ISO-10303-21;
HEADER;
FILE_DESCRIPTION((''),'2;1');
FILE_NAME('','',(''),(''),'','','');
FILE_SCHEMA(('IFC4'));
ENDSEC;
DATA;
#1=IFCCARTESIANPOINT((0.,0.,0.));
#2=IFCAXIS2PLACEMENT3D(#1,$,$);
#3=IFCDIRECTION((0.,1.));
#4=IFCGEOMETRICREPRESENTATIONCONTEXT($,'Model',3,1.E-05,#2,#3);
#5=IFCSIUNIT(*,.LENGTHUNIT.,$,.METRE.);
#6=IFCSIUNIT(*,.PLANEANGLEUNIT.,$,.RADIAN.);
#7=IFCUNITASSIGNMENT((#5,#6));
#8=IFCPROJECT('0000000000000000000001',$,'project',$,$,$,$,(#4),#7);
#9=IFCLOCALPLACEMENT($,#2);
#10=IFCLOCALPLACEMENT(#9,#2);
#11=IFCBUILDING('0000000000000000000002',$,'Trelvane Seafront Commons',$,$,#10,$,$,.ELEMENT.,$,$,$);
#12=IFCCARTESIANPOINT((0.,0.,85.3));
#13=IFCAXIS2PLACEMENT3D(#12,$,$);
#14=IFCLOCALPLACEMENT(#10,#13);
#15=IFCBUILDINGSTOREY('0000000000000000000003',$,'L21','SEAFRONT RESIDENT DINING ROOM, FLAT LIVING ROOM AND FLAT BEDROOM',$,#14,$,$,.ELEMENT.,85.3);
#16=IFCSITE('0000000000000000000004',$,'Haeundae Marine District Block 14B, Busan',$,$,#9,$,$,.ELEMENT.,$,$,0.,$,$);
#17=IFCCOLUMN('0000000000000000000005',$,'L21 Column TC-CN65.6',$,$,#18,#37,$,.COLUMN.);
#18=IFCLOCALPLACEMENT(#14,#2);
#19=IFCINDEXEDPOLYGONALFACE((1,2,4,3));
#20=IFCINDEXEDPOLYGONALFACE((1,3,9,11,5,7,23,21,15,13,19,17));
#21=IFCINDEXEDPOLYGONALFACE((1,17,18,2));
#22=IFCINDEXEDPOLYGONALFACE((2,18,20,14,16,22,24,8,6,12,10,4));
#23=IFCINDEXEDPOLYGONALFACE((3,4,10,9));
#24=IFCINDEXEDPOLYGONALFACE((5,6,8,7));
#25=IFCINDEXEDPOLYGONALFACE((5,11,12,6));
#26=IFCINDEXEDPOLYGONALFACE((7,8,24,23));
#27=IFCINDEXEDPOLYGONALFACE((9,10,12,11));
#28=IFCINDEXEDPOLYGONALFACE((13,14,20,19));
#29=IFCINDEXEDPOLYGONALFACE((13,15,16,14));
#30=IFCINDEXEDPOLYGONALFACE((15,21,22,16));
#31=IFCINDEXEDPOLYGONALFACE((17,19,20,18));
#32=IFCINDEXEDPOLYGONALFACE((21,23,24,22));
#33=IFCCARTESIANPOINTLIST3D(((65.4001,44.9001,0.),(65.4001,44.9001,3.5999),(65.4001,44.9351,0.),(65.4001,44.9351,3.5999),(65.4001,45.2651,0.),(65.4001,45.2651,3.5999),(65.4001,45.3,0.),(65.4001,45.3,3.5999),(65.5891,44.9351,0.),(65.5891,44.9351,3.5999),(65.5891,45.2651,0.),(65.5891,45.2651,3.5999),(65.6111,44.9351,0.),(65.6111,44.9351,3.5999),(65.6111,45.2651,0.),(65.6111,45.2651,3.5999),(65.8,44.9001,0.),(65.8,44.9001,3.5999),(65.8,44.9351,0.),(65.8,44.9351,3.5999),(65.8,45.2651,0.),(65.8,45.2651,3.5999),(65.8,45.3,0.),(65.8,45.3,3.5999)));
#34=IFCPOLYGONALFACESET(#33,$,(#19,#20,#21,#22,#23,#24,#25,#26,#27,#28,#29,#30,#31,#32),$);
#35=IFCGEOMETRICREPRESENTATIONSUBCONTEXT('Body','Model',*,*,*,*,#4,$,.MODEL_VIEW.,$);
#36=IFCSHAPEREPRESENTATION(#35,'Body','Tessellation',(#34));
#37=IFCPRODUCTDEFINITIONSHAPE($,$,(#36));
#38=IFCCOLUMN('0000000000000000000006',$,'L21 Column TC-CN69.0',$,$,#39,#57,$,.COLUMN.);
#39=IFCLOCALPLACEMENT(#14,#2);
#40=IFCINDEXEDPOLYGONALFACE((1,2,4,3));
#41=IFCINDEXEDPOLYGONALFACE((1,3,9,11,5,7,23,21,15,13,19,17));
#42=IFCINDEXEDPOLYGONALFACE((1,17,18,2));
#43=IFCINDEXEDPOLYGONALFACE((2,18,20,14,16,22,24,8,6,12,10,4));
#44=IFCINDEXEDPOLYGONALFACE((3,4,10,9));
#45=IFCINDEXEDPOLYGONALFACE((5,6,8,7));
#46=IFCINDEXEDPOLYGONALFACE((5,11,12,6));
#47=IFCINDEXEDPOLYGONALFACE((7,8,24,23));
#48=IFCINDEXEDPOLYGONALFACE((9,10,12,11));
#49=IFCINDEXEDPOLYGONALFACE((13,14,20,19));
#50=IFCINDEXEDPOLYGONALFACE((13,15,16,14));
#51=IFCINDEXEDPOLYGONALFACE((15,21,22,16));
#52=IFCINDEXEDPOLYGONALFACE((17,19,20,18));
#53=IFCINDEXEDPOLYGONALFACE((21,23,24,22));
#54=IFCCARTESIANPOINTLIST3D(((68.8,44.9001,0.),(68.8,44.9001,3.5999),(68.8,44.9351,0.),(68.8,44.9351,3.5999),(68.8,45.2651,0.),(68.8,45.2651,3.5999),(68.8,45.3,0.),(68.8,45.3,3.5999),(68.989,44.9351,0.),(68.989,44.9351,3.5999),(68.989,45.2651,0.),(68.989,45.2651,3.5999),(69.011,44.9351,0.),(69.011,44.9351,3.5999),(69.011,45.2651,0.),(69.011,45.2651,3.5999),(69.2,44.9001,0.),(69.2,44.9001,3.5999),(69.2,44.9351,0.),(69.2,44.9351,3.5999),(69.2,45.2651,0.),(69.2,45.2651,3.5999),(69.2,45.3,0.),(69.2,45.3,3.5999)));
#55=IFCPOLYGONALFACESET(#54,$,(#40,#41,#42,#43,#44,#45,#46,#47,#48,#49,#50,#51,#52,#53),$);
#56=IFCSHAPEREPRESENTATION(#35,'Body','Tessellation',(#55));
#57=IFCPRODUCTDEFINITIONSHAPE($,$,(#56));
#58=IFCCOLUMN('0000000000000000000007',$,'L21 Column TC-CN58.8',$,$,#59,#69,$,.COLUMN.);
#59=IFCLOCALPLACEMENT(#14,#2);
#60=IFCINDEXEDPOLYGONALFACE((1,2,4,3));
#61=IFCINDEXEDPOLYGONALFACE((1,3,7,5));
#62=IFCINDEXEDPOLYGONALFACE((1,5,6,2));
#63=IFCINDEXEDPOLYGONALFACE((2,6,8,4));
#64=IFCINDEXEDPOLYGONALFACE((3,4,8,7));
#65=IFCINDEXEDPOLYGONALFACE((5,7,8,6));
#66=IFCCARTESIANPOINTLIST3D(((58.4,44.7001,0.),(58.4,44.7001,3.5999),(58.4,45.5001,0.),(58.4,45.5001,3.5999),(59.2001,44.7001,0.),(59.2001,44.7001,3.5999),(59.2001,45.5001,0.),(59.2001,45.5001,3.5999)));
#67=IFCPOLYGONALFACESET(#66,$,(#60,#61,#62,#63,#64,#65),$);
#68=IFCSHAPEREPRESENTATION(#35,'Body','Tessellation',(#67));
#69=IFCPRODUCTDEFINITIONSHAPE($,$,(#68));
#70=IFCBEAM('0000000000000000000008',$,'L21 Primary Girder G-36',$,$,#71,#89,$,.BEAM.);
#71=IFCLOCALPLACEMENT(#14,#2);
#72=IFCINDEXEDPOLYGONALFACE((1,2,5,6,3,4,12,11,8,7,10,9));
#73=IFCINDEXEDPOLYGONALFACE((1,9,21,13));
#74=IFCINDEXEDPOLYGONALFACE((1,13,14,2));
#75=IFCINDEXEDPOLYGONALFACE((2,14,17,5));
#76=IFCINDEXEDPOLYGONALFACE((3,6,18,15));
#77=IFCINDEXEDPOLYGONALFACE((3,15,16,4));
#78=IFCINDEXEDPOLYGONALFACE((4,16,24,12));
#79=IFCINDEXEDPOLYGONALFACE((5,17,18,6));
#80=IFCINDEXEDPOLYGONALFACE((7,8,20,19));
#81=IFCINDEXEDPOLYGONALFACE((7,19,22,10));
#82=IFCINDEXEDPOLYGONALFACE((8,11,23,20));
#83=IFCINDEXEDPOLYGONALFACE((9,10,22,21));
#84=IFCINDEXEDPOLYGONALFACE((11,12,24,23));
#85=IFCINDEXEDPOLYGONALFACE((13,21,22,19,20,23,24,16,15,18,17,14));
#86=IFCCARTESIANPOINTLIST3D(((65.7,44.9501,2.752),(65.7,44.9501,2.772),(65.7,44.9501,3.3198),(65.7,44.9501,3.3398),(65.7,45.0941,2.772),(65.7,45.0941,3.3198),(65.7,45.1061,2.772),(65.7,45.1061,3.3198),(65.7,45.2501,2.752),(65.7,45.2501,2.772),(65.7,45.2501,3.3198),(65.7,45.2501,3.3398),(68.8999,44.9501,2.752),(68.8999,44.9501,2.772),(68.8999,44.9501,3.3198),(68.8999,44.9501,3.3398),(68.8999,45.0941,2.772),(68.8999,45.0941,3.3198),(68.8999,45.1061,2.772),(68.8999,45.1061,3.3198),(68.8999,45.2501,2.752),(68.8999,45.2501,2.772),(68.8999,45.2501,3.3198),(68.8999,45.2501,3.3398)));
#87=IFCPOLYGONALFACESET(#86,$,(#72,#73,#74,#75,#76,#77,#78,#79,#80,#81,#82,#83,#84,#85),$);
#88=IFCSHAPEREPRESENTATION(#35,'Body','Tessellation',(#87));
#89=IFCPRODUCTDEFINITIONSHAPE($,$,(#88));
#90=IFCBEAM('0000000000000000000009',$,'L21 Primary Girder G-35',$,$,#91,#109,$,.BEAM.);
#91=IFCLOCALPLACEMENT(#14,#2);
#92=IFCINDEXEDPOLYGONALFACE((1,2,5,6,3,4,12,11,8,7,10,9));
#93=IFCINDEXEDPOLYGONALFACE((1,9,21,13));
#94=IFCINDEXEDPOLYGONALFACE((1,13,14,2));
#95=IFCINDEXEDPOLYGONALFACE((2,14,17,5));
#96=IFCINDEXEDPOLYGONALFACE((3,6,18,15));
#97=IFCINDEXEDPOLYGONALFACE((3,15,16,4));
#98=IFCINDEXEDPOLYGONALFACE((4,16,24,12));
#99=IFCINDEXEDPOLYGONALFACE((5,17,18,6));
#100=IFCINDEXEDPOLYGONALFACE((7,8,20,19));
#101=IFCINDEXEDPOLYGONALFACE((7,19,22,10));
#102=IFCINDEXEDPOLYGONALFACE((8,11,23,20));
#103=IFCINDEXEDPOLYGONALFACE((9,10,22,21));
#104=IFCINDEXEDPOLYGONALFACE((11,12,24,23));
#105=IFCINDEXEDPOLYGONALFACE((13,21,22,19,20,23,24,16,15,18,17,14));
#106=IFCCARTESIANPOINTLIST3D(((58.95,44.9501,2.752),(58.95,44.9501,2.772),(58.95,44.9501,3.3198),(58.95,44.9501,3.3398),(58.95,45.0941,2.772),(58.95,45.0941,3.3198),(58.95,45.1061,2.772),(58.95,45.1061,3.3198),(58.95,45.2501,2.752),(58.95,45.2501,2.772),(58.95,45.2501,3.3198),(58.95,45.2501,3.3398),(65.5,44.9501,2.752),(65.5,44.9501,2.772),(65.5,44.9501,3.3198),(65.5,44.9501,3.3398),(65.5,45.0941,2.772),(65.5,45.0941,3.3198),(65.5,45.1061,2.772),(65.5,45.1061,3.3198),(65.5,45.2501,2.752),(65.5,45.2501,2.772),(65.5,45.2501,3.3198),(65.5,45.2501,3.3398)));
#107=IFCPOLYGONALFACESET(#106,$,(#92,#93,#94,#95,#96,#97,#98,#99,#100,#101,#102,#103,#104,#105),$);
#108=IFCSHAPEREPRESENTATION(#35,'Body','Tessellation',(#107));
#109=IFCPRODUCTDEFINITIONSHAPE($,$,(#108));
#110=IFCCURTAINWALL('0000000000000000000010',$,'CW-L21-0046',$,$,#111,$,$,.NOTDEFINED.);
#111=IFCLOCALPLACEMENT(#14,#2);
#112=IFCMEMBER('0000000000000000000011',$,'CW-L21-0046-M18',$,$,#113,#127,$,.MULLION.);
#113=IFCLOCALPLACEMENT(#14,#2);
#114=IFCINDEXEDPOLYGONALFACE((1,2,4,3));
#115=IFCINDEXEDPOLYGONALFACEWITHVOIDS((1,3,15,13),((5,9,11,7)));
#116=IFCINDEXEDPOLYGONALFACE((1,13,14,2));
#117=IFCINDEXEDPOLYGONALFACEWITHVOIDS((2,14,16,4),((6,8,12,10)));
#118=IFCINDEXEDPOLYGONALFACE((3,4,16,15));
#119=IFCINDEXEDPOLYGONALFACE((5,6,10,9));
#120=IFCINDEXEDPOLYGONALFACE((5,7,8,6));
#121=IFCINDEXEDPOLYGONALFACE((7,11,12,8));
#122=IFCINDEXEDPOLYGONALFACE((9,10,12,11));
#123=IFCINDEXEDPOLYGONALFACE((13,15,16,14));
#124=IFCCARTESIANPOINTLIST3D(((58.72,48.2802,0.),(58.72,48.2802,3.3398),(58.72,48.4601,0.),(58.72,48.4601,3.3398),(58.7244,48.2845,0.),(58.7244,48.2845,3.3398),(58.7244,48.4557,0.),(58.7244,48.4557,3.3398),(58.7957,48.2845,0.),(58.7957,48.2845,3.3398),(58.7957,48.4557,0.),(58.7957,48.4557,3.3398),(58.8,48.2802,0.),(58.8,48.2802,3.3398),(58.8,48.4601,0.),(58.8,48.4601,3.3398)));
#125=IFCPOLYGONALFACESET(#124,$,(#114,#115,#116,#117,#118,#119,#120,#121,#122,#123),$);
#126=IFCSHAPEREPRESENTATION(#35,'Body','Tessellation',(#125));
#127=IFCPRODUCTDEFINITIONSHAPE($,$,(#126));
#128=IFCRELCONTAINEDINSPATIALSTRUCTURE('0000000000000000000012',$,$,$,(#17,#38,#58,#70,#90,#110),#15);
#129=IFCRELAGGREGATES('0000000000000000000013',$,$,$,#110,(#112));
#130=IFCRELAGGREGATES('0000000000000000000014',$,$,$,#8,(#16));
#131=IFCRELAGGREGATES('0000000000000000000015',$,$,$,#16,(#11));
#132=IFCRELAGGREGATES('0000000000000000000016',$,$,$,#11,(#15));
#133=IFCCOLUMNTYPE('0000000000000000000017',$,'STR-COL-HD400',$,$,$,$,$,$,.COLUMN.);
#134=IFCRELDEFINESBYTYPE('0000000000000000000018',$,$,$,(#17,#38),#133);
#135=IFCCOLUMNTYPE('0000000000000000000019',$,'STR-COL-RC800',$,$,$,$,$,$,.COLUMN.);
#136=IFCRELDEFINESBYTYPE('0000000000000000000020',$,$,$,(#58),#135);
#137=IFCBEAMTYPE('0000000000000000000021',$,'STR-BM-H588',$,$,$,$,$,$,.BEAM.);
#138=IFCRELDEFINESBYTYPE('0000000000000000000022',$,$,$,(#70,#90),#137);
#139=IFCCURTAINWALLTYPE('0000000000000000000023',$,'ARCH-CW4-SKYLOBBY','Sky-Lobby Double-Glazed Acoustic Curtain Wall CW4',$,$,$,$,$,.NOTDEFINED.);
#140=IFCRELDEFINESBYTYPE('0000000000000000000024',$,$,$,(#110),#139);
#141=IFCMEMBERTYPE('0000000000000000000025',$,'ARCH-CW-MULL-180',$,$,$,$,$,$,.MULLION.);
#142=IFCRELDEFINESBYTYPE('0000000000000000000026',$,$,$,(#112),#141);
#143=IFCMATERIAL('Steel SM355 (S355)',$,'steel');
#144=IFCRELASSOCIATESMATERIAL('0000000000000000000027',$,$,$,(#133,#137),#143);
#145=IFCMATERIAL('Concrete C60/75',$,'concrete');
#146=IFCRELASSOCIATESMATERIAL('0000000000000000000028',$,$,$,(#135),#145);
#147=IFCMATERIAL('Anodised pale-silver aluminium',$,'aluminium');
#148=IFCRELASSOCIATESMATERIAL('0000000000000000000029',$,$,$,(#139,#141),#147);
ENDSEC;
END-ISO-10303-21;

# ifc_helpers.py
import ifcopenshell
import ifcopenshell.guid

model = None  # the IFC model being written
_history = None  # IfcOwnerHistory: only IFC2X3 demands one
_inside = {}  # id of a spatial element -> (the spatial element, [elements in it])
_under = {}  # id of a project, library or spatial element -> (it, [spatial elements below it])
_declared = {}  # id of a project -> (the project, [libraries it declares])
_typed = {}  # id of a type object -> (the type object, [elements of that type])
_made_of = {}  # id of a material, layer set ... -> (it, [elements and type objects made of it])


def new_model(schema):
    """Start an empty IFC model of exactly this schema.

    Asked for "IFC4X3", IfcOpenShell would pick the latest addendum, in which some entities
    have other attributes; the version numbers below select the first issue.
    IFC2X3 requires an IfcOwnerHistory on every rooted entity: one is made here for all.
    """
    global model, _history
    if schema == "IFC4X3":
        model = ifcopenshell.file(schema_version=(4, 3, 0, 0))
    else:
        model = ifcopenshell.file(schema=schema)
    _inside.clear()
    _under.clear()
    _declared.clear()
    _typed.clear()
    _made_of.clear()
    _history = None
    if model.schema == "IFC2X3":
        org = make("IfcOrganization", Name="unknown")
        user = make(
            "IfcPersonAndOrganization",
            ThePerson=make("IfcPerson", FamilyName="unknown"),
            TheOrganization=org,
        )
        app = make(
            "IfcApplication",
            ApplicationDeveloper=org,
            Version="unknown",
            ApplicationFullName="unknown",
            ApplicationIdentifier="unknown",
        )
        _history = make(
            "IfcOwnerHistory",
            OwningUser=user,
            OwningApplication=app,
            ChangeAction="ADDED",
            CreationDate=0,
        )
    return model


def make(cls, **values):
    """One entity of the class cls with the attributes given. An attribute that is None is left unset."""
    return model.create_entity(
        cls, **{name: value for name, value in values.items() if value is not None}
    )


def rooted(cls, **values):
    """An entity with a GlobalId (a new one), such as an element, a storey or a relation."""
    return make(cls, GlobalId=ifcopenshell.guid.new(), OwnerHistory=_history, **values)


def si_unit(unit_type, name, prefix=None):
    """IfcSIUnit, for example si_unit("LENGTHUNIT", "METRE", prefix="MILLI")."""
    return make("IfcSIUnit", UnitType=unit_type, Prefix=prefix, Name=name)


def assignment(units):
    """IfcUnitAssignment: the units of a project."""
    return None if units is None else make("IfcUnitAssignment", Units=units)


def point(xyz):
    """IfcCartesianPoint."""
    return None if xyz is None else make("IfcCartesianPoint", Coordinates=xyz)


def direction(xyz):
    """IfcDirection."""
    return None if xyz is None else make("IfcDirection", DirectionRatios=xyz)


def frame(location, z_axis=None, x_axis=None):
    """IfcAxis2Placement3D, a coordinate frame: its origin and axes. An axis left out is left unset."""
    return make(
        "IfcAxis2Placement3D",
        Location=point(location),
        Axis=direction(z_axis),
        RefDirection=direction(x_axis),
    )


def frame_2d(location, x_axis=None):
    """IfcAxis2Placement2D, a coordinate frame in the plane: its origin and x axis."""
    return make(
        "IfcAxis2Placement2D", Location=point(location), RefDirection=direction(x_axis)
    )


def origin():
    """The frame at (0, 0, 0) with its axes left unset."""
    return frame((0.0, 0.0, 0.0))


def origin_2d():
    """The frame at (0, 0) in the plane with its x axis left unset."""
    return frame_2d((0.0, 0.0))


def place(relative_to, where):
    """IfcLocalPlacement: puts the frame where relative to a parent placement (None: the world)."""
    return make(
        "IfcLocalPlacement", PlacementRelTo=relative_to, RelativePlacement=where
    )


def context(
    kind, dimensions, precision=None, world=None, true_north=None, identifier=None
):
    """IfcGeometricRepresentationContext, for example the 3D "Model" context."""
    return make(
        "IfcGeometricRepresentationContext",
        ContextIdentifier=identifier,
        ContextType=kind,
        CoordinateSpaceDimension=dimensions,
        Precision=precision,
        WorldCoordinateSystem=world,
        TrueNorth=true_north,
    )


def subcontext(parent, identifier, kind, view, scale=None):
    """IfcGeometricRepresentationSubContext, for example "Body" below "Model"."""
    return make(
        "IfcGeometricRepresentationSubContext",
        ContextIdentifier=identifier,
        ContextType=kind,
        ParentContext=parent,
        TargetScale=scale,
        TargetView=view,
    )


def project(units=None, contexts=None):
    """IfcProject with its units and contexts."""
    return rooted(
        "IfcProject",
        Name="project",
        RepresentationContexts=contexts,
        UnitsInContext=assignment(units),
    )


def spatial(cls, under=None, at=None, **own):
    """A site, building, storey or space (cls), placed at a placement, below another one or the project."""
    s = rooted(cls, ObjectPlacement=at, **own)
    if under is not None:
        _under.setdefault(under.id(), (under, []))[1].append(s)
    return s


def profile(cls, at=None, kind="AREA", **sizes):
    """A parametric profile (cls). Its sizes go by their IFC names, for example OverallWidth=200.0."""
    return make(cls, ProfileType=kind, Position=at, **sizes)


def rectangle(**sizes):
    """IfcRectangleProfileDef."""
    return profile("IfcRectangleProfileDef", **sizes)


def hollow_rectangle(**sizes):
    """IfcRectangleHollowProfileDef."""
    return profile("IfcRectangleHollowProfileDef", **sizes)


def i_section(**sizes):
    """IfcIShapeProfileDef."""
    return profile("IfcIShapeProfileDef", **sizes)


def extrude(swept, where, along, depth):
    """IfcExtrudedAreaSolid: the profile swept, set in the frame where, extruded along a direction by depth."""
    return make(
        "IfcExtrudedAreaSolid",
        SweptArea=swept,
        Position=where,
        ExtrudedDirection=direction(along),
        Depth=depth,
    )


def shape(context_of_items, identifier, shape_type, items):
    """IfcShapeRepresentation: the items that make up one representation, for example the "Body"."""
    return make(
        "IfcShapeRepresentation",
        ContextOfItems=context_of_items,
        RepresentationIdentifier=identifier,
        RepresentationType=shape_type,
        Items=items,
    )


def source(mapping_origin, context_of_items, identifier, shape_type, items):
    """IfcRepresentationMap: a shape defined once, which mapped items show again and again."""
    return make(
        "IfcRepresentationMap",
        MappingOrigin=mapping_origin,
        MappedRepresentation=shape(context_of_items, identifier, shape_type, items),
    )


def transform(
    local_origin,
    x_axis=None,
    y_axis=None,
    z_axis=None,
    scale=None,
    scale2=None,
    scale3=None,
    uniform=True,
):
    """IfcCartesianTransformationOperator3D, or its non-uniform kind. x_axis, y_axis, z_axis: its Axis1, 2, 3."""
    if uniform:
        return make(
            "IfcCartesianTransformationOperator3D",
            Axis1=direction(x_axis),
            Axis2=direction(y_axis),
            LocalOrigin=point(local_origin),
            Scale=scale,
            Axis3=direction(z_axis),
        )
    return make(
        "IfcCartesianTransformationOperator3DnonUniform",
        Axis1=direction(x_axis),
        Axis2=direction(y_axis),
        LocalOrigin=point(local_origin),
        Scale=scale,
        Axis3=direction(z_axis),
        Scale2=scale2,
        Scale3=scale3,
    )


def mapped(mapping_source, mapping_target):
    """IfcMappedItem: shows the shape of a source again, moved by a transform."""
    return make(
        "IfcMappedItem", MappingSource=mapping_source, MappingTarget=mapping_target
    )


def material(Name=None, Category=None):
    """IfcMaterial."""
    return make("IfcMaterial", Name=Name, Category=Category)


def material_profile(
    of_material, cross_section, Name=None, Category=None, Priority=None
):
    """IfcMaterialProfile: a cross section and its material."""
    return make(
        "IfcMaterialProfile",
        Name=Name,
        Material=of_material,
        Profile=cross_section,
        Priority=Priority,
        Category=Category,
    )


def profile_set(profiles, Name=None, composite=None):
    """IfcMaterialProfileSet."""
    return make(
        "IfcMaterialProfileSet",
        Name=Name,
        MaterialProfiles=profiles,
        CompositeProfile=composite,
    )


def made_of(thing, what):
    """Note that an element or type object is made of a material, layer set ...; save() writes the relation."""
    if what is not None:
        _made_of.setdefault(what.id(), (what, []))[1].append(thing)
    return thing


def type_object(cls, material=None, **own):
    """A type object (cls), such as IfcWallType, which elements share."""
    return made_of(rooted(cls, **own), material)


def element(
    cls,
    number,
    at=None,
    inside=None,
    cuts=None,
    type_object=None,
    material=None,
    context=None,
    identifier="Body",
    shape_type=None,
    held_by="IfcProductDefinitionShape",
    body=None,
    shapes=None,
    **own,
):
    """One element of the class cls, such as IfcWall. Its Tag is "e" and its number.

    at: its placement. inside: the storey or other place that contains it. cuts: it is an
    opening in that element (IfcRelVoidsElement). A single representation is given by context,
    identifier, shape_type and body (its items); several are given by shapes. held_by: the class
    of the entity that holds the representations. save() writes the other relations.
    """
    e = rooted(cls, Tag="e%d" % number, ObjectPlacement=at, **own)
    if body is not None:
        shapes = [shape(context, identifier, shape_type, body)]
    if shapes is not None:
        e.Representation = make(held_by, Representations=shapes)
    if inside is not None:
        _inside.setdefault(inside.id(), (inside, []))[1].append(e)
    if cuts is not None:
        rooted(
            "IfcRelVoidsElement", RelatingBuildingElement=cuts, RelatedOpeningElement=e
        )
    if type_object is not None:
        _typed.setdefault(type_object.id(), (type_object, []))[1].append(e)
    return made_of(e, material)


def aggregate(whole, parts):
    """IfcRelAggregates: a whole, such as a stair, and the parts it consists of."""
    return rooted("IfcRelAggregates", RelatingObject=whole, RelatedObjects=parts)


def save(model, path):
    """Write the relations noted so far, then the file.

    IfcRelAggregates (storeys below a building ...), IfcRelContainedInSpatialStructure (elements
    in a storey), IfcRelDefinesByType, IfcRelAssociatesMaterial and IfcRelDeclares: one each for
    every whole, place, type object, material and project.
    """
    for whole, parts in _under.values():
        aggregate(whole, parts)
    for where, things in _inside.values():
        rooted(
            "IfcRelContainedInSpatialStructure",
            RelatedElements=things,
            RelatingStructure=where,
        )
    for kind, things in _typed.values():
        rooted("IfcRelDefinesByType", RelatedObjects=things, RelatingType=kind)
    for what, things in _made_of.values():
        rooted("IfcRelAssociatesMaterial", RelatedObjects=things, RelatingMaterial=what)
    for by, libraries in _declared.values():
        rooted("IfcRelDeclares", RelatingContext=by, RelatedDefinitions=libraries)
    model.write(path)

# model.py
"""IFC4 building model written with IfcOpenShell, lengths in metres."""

from ifc_helpers import new_model, si_unit, direction, frame, origin, origin_2d, place, context, subcontext, project, spatial, rectangle, hollow_rectangle, i_section, extrude, source, transform, mapped, material, material_profile, profile_set, type_object, element, aggregate, save


model = new_model("IFC4")

# Units and contexts
model_context = context("Model", 3, precision=1e-05, world=origin(), true_north=direction((0.0, 1.0)))
body_context = subcontext(model_context, "Body", "Model", "MODEL_VIEW")
ifc_project = project(units=[si_unit("LENGTHUNIT", "METRE"), si_unit("PLANEANGLEUNIT", "RADIAN")], contexts=[model_context])

# Site, building, storey
site_placement = place(None, origin())
site = spatial("IfcSite", under=ifc_project, at=site_placement, Name="Haeundae Marine District Block 14B, Busan", CompositionType="ELEMENT", RefElevation=0.0)
building_placement = place(site_placement, origin())
building = spatial("IfcBuilding", under=site, at=building_placement, Name="Trelvane Seafront Commons", CompositionType="ELEMENT")
storey_placement = place(building_placement, frame((0.0, 0.0, 85.3)))
storey = spatial("IfcBuildingStorey", under=building, at=storey_placement, Name="L21", Description="SEAFRONT RESIDENT DINING ROOM, FLAT LIVING ROOM AND FLAT BEDROOM", CompositionType="ELEMENT", Elevation=85.3)

# Columns
ifc_material_1 = material(Name="Steel SM355 (S355)", Category="steel")
ifc_material_profile_1 = material_profile(ifc_material_1, i_section(OverallWidth=0.3999, OverallDepth=0.3999, WebThickness=0.022, FlangeThickness=0.0349, at=origin_2d()), Name="HD-400x400x22x35")
ifc_profile_set_1 = profile_set([ifc_material_profile_1], Name="Steel SM355 (S355)")
column_type_1 = type_object("IfcColumnType", Name="STR-COL-HD400", PredefinedType="COLUMN", material=ifc_profile_set_1)
shared_shape_1 = source(origin(), body_context, "Body", "SweptSolid", [
    extrude(i_section(OverallWidth=0.3999, OverallDepth=0.3999, WebThickness=0.022, FlangeThickness=0.0349, at=origin_2d()), origin(), (0.0, 0.0, 1.0), 3.5999),
])
for number, where, z_axis, x_axis, name in (
    (1, (65.6001, 45.1001, 0.0), (0.0, 0.0, 1.0), (1.0, 0.0, 0.0), "L21 Column TC-CN65.6"),
    (2, (69.0, 45.1001, 0.0), (0.0, 0.0, 1.0), (1.0, 0.0, 0.0), "L21 Column TC-CN69.0"),
):
    element("IfcColumn", number, at=place(storey_placement, frame(where, z_axis=z_axis, x_axis=x_axis)), inside=storey, type_object=column_type_1, Name=name, PredefinedType="COLUMN", context=body_context, shape_type="MappedRepresentation", body=[
        mapped(shared_shape_1, transform((0.0, 0.0, 0.0), x_axis=(1.0, 0.0, 0.0), y_axis=(0.0, 1.0, 0.0), z_axis=(0.0, 0.0, 1.0), scale=1.0)),
    ])
ifc_material_2 = material(Name="Concrete C60/75", Category="concrete")
ifc_material_profile_2 = material_profile(ifc_material_2, rectangle(XDim=0.8, YDim=0.8, at=origin_2d()), Name="RC-800x800")
ifc_profile_set_2 = profile_set([ifc_material_profile_2], Name="Concrete C60/75")
column_type_2 = type_object("IfcColumnType", Name="STR-COL-RC800", PredefinedType="COLUMN", material=ifc_profile_set_2)
shared_shape_2 = source(origin(), body_context, "Body", "SweptSolid", [
    extrude(rectangle(XDim=0.8, YDim=0.8, at=origin_2d()), origin(), (0.0, 0.0, 1.0), 3.5999),
])
column_placement = place(storey_placement, frame((58.8, 45.1001, 0.0), z_axis=(0.0, 0.0, 1.0), x_axis=(1.0, 0.0, 0.0)))
element("IfcColumn", 3, at=column_placement, inside=storey, type_object=column_type_2, Name="L21 Column TC-CN58.8", PredefinedType="COLUMN", context=body_context, shape_type="MappedRepresentation", body=[
    mapped(shared_shape_2, transform((0.0, 0.0, 0.0), x_axis=(1.0, 0.0, 0.0), y_axis=(0.0, 1.0, 0.0), z_axis=(0.0, 0.0, 1.0), scale=1.0)),
])

# Beams
ifc_material_profile_3 = material_profile(ifc_material_1, i_section(OverallWidth=0.3, OverallDepth=0.5879, WebThickness=0.012, FlangeThickness=0.02, at=origin_2d()), Name="H-588x300x12x20")
ifc_profile_set_3 = profile_set([ifc_material_profile_3], Name="Steel SM355 (S355)")
beam_type = type_object("IfcBeamType", Name="STR-BM-H588", PredefinedType="BEAM", material=ifc_profile_set_3)
shared_shape_3 = source(origin(), body_context, "Body", "SweptSolid", [
    extrude(i_section(OverallWidth=0.3, OverallDepth=0.5879, WebThickness=0.012, FlangeThickness=0.02, at=origin_2d()), origin(), (0.0, 0.0, 1.0), 3.2),
])
beam_1_placement = place(storey_placement, frame((65.7, 45.1001, 3.0459), z_axis=(1.0, 0.0, 0.0), x_axis=(0.0, 1.0, 0.0)))
element("IfcBeam", 4, at=beam_1_placement, inside=storey, type_object=beam_type, Name="L21 Primary Girder G-36", PredefinedType="BEAM", context=body_context, shape_type="MappedRepresentation", body=[
    mapped(shared_shape_3, transform((0.0, 0.0, 0.0), x_axis=(1.0, 0.0, 0.0), y_axis=(0.0, 1.0, 0.0), z_axis=(0.0, 0.0, 1.0), scale=1.0)),
])
shared_shape_4 = source(origin(), body_context, "Body", "SweptSolid", [
    extrude(i_section(OverallWidth=0.3, OverallDepth=0.5879, WebThickness=0.012, FlangeThickness=0.02, at=origin_2d()), origin(), (0.0, 0.0, 1.0), 6.55),
])
beam_2_placement = place(storey_placement, frame((58.95, 45.1001, 3.0459), z_axis=(1.0, 0.0, 0.0), x_axis=(0.0, 1.0, 0.0)))
element("IfcBeam", 5, at=beam_2_placement, inside=storey, type_object=beam_type, Name="L21 Primary Girder G-35", PredefinedType="BEAM", context=body_context, shape_type="MappedRepresentation", body=[
    mapped(shared_shape_4, transform((0.0, 0.0, 0.0), x_axis=(1.0, 0.0, 0.0), y_axis=(0.0, 1.0, 0.0), z_axis=(0.0, 0.0, 1.0), scale=1.0)),
])

# Curtain wall, member
ifc_material_3 = material(Name="Anodised pale-silver aluminium", Category="aluminium")
curtain_wall_type = type_object("IfcCurtainWallType", Name="ARCH-CW4-SKYLOBBY", Description="Sky-Lobby Double-Glazed Acoustic Curtain Wall CW4", PredefinedType="NOTDEFINED", material=ifc_material_3)
curtain_wall_placement = place(storey_placement, origin())
curtain_wall = element("IfcCurtainWall", 6, at=curtain_wall_placement, inside=storey, type_object=curtain_wall_type, Name="CW-L21-0046", PredefinedType="NOTDEFINED")
ifc_material_profile_4 = material_profile(ifc_material_3, hollow_rectangle(XDim=0.0801, YDim=0.1799, WallThickness=0.0044, at=origin_2d()), Name="MULL-80x180x4.5")
ifc_profile_set_4 = profile_set([ifc_material_profile_4], Name="Anodised pale-silver aluminium")
member_type = type_object("IfcMemberType", Name="ARCH-CW-MULL-180", PredefinedType="MULLION", material=ifc_profile_set_4)
shared_shape_5 = source(origin(), body_context, "Body", "SweptSolid", [
    extrude(hollow_rectangle(XDim=0.0801, YDim=0.1799, WallThickness=0.0044, at=origin_2d()), origin(), (0.0, 0.0, 1.0), 3.3398),
])
member_placement = place(storey_placement, frame((58.76, 48.3701, 0.0), z_axis=(0.0, 0.0, 1.0), x_axis=(1.0, 0.0, 0.0)))
member = element("IfcMember", 7, at=member_placement, type_object=member_type, Name="CW-L21-0046-M18", PredefinedType="MULLION", context=body_context, shape_type="MappedRepresentation", body=[
    mapped(shared_shape_5, transform((0.0, 0.0, 0.0), x_axis=(1.0, 0.0, 0.0), y_axis=(0.0, 1.0, 0.0), z_axis=(0.0, 0.0, 1.0), scale=1.0)),
])
aggregate(curtain_wall, [member])

save(model, "model.ifc")
